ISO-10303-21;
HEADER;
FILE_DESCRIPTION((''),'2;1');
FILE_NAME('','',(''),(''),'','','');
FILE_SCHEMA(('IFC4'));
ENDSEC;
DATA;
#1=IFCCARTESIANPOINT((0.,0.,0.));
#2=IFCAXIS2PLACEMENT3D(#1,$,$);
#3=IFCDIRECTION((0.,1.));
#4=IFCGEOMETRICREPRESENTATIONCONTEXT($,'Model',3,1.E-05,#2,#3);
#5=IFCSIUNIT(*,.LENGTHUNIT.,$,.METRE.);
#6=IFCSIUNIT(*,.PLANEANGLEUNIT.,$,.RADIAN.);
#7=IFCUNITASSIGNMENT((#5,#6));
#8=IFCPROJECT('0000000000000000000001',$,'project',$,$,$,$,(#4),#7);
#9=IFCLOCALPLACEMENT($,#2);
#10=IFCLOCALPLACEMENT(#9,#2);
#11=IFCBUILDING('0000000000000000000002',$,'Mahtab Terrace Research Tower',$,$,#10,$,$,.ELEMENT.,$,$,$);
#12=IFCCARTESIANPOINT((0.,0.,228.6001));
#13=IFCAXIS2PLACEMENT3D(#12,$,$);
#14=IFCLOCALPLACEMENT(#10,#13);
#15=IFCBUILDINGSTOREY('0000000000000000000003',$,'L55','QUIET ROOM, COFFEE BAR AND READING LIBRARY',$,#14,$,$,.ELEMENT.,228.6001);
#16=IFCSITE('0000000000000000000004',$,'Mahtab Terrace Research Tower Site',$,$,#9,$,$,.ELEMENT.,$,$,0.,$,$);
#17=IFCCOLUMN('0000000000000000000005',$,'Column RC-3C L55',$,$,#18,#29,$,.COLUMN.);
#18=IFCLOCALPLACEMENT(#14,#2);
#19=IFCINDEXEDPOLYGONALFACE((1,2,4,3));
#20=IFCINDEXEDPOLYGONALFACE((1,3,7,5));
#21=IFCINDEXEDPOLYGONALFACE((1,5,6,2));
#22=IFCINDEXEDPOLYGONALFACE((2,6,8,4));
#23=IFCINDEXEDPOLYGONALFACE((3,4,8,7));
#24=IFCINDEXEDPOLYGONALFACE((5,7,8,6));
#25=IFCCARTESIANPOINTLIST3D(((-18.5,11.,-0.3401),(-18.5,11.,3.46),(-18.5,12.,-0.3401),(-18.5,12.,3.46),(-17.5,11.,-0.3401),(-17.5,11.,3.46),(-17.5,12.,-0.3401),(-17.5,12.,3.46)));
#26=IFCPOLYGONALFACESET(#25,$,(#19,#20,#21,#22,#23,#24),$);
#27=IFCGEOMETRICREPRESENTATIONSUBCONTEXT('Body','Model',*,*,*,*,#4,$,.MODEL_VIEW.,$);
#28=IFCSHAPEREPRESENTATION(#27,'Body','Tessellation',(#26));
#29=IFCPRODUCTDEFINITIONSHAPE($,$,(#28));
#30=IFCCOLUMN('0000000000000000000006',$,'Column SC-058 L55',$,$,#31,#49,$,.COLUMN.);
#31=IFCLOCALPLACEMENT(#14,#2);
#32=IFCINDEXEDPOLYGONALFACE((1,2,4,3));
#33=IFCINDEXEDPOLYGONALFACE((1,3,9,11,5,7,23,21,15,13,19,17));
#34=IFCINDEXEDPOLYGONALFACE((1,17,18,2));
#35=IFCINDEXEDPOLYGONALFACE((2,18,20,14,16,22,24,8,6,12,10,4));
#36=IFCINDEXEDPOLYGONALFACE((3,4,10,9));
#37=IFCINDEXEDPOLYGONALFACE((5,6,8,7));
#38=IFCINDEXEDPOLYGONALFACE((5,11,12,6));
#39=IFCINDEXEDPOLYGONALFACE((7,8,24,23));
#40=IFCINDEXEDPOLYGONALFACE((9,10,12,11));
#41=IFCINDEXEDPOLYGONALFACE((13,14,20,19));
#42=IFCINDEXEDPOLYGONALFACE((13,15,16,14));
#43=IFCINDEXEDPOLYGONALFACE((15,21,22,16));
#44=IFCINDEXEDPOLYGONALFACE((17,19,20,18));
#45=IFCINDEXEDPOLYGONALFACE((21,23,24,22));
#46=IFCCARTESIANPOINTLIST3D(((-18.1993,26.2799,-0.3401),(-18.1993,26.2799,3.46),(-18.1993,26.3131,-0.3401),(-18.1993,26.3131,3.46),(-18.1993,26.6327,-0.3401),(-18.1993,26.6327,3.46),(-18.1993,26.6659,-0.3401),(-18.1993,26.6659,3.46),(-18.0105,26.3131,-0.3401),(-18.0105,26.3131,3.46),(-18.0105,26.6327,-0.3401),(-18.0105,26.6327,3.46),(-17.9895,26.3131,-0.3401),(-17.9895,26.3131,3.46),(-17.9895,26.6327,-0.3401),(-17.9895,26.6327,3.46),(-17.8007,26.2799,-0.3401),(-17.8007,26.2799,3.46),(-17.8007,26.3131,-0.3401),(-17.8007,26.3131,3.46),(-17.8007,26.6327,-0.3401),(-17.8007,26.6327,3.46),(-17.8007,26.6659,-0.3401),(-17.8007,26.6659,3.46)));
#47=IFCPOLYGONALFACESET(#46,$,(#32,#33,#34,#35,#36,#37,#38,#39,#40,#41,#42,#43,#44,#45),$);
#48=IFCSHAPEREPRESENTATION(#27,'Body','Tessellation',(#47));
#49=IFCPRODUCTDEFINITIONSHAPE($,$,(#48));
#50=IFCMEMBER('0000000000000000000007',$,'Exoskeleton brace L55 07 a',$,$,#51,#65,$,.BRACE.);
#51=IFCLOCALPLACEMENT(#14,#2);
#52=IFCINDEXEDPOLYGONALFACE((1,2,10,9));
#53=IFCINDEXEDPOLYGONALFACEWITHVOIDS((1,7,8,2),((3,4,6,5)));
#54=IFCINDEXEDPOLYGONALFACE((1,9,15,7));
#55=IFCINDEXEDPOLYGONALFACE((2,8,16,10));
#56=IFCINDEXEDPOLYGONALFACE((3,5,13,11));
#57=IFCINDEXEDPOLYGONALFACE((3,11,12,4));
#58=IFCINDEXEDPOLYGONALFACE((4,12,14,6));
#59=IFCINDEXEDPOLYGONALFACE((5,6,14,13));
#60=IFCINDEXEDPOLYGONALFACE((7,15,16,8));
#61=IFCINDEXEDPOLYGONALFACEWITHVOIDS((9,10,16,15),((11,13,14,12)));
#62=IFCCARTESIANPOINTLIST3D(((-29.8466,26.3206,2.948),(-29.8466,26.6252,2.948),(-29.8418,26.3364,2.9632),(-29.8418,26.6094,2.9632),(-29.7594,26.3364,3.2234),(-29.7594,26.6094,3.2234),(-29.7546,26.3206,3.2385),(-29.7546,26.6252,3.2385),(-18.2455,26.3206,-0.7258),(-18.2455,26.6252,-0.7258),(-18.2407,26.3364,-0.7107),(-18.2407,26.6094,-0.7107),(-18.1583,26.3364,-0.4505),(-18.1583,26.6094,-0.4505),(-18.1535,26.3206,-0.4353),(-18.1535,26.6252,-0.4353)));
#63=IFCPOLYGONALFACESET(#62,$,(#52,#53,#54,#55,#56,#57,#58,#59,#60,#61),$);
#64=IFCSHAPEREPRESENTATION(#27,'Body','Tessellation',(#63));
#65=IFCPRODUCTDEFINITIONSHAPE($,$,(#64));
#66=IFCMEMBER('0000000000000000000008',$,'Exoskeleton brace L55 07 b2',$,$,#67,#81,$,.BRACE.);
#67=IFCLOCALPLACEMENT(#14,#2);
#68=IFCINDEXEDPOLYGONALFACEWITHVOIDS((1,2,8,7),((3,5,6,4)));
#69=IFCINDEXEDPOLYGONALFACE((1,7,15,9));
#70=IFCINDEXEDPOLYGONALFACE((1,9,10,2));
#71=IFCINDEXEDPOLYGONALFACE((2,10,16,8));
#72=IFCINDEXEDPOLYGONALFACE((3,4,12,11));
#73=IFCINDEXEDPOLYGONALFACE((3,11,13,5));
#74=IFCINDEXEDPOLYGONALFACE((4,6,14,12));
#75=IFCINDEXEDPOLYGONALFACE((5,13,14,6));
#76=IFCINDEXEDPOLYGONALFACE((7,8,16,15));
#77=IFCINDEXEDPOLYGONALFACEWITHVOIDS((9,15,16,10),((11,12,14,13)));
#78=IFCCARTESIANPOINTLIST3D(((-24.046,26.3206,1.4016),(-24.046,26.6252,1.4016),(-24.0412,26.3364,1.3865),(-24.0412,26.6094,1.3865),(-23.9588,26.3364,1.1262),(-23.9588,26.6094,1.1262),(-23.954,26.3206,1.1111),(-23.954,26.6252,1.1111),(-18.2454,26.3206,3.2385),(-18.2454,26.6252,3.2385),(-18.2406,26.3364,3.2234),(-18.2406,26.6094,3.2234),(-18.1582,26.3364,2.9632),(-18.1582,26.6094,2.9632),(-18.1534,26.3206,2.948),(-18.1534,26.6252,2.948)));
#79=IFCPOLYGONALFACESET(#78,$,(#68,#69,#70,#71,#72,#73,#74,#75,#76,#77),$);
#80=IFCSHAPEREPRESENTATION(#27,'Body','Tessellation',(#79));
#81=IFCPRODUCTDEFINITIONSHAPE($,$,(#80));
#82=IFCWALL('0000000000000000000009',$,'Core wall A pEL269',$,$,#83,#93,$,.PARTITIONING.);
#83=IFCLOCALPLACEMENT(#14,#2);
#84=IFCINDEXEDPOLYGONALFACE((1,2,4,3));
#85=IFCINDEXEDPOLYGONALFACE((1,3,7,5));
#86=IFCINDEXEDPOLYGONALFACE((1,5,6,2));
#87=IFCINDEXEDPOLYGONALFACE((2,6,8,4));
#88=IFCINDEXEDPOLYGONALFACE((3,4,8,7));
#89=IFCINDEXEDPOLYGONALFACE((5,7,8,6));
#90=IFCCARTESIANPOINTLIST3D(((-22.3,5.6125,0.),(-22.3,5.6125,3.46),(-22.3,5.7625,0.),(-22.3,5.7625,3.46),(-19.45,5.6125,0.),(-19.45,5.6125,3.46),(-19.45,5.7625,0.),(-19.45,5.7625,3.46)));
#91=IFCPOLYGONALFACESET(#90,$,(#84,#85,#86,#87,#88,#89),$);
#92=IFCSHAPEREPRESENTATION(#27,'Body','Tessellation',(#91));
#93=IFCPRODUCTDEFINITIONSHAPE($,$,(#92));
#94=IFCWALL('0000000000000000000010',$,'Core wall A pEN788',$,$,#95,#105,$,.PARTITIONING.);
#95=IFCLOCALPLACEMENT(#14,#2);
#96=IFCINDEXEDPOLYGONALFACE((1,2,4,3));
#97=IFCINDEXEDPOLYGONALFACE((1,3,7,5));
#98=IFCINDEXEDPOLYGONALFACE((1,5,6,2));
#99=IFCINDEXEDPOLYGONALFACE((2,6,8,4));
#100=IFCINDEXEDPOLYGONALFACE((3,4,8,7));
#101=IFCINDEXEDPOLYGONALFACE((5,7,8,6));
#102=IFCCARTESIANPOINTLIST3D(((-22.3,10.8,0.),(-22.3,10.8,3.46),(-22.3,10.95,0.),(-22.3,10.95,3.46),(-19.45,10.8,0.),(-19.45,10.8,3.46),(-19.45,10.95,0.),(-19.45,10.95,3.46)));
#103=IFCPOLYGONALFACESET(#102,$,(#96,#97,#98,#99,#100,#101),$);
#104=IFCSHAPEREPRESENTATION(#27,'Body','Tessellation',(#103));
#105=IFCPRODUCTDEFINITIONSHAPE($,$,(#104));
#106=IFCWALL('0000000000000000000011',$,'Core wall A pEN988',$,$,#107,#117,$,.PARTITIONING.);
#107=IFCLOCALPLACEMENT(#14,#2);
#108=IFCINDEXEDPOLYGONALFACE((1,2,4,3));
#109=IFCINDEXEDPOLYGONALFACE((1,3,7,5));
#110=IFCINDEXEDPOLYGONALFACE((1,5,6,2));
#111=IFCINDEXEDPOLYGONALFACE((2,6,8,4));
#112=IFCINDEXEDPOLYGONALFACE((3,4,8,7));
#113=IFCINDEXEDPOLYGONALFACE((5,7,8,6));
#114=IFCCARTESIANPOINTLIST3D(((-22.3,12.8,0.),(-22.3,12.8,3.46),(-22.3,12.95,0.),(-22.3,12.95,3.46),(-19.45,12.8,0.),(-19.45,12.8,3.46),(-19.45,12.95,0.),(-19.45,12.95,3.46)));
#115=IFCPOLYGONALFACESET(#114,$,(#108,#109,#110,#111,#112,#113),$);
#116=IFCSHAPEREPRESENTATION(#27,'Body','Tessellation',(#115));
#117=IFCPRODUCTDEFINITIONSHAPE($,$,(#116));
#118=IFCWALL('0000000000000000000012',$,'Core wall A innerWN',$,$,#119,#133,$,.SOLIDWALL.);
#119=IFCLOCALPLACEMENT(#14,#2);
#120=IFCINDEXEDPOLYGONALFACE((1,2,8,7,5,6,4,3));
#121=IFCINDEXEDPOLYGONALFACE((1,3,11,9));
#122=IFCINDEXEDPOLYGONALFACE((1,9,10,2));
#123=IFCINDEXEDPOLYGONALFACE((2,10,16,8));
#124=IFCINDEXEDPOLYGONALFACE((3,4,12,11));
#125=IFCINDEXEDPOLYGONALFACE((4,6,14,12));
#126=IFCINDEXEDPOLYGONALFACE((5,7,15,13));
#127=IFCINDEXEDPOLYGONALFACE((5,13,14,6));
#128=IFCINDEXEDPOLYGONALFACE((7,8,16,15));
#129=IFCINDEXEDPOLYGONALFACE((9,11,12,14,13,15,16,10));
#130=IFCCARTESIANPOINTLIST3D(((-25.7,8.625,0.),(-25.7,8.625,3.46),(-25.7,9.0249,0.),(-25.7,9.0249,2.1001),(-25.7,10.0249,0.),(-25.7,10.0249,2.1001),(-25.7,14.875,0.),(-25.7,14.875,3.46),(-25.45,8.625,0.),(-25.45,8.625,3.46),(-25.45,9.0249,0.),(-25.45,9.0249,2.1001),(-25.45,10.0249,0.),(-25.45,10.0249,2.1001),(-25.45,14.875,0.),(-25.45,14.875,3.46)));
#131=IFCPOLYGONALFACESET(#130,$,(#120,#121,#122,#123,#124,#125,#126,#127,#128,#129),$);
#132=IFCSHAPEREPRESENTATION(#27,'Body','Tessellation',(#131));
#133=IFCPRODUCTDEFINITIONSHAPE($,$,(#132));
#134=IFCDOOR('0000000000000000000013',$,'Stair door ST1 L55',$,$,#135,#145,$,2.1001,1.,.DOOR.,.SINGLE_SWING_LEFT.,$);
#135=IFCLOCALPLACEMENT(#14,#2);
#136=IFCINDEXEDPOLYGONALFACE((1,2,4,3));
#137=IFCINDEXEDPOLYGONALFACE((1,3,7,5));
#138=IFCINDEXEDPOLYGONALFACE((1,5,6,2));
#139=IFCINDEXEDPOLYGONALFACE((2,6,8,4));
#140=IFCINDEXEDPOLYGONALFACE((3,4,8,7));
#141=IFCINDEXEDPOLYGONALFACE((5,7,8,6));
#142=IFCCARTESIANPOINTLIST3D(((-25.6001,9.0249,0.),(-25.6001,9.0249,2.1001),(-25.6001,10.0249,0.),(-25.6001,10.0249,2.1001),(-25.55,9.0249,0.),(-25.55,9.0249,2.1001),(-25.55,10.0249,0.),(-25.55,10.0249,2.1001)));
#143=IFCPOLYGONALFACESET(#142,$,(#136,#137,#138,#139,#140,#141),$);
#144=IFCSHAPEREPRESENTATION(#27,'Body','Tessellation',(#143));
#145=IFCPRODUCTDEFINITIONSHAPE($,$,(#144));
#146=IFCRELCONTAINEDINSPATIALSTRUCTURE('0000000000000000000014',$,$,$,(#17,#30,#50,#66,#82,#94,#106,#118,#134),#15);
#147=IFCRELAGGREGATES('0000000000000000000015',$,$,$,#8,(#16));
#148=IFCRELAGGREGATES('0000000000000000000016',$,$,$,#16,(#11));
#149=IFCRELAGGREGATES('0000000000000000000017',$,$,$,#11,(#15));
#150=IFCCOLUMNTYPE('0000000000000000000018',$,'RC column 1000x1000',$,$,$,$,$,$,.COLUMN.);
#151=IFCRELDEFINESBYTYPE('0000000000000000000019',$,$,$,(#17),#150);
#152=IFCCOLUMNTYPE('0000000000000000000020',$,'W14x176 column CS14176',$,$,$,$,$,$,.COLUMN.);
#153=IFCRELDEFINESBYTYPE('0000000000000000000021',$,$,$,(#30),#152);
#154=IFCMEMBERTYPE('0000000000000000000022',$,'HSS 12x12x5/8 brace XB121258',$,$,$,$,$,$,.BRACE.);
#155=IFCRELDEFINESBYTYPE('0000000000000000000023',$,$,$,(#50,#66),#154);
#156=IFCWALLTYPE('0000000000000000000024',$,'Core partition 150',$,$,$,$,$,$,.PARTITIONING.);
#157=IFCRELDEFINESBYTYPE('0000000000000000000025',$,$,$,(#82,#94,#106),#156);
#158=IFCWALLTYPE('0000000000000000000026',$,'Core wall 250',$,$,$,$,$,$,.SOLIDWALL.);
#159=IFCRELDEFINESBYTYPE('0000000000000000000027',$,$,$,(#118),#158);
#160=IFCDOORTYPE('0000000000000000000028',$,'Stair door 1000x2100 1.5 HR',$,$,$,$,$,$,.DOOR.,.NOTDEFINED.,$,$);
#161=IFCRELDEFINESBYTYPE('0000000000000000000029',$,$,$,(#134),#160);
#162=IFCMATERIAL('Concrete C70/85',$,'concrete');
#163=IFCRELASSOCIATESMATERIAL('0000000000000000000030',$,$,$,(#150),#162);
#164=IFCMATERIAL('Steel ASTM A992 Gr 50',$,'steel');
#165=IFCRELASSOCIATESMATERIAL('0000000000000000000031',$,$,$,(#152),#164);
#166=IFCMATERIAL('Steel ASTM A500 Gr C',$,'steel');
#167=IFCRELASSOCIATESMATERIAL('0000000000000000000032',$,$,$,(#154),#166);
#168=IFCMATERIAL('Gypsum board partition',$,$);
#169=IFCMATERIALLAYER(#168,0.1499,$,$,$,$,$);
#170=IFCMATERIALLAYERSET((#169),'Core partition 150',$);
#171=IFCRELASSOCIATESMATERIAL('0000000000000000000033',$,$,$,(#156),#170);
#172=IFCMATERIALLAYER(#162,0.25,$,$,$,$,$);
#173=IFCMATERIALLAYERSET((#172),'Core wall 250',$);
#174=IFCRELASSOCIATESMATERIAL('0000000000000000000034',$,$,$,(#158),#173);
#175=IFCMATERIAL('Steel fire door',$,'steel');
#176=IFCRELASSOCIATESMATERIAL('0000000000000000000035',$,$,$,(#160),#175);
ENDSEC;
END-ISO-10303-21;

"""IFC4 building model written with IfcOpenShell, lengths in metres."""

from ifc_helpers import new_model, si_unit, direction, frame, frame_2d, origin, origin_2d, place, context, subcontext, project, spatial, rectangle, hollow_rectangle, i_section, extrude, material, layer, layer_set, material_profile, profile_set, type_object, element, fill, save


model = new_model("IFC4")

# Units and contexts
model_context = context("Model", 3, precision=1e-05, world=origin(), true_north=direction((0.0, 1.0)))
body_context = subcontext(model_context, "Body", "Model", "MODEL_VIEW")
ifc_project = project(units=[si_unit("LENGTHUNIT", "METRE"), si_unit("PLANEANGLEUNIT", "RADIAN")], contexts=[model_context])

# Site, building, storey
site_placement = place(None, origin())
site = spatial("IfcSite", under=ifc_project, at=site_placement, Name="Mahtab Terrace Research Tower Site", CompositionType="ELEMENT", RefElevation=0.0)
building_placement = place(site_placement, origin())
building = spatial("IfcBuilding", under=site, at=building_placement, Name="Mahtab Terrace Research Tower", CompositionType="ELEMENT")
storey_placement = place(building_placement, frame((0.0, 0.0, 228.6001)))
storey = spatial("IfcBuildingStorey", under=building, at=storey_placement, Name="L55", Description="QUIET ROOM, COFFEE BAR AND READING LIBRARY", CompositionType="ELEMENT", Elevation=228.6001)

# Columns
ifc_material_1 = material(Name="Concrete C70/85", Category="concrete")
ifc_material_profile_1 = material_profile(ifc_material_1, rectangle(XDim=1.0, YDim=1.0, at=origin_2d()), Name="RC column 1000x1000")
ifc_profile_set_1 = profile_set([ifc_material_profile_1], Name="Concrete C70/85")
column_type_1 = type_object("IfcColumnType", Name="RC column 1000x1000", PredefinedType="COLUMN", material=ifc_profile_set_1)
column_1_placement = place(storey_placement, frame((-18.0, 11.5, -0.3401), z_axis=(0.0, 0.0, 1.0), x_axis=(1.0, 0.0, 0.0)))
element("IfcColumn", 1, at=column_1_placement, inside=storey, type_object=column_type_1, Name="Column RC-3C L55", PredefinedType="COLUMN", context=body_context, shape_type="SweptSolid", body=[
    extrude(rectangle(XDim=1.0, YDim=1.0, at=origin_2d()), origin(), (0.0, 0.0, 1.0), 3.8),
])
ifc_material_2 = material(Name="Steel ASTM A992 Gr 50", Category="steel")
ifc_material_profile_2 = material_profile(ifc_material_2, i_section(OverallWidth=0.3987, OverallDepth=0.386, WebThickness=0.021, FlangeThickness=0.0332, at=origin_2d()), Name="W14X176")
ifc_profile_set_2 = profile_set([ifc_material_profile_2], Name="Steel ASTM A992 Gr 50")
column_type_2 = type_object("IfcColumnType", Name="W14x176 column CS14176", PredefinedType="COLUMN", material=ifc_profile_set_2)
column_2_placement = place(storey_placement, frame((-18.0, 26.4729, -0.3401), z_axis=(0.0, 0.0, 1.0), x_axis=(1.0, 0.0, 0.0)))
element("IfcColumn", 2, at=column_2_placement, inside=storey, type_object=column_type_2, Name="Column SC-058 L55", PredefinedType="COLUMN", context=body_context, shape_type="SweptSolid", body=[
    extrude(i_section(OverallWidth=0.3987, OverallDepth=0.386, WebThickness=0.021, FlangeThickness=0.0332, at=origin_2d()), origin(), (0.0, 0.0, 1.0), 3.8),
])

# Members
ifc_material_3 = material(Name="Steel ASTM A500 Gr C", Category="steel")
ifc_material_profile_3 = material_profile(ifc_material_3, hollow_rectangle(XDim=0.3047, YDim=0.3047, WallThickness=0.0159, at=origin_2d()), Name="HSS12X12X5/8")
ifc_profile_set_3 = profile_set([ifc_material_profile_3], Name="Steel ASTM A500 Gr C")
member_type = type_object("IfcMemberType", Name="HSS 12x12x5/8 brace XB121258", PredefinedType="BRACE", material=ifc_profile_set_3)
member_1_placement = place(storey_placement, frame((-18.1995, 26.4729, -0.5806), z_axis=(-0.953339, 0.0, 0.301903), x_axis=(0.0, -1.0, 0.0)))
element("IfcMember", 3, at=member_1_placement, inside=storey, type_object=member_type, Name="Exoskeleton brace L55 07 a", PredefinedType="BRACE", context=body_context, shape_type="SweptSolid", body=[
    extrude(hollow_rectangle(XDim=0.3047, YDim=0.3047, WallThickness=0.0159, at=origin_2d()), origin(), (0.0, 0.0, 1.0), 12.1689),
])
member_2_placement = place(storey_placement, frame((-24.0, 26.4729, 1.2563), z_axis=(0.953339, 0.0, 0.301903), x_axis=(0.0, 1.0, 0.0)))
element("IfcMember", 4, at=member_2_placement, inside=storey, type_object=member_type, Name="Exoskeleton brace L55 07 b2", PredefinedType="BRACE", context=body_context, shape_type="SweptSolid", body=[
    extrude(hollow_rectangle(XDim=0.3047, YDim=0.3047, WallThickness=0.0159, at=origin_2d()), origin(), (0.0, 0.0, 1.0), 6.0845),
])

# Walls
ifc_material_4 = material(Name="Gypsum board partition")
ifc_layer_1 = layer(ifc_material_4, 0.1499)
ifc_layer_set_1 = layer_set([ifc_layer_1], Name="Core partition 150")
wall_type_1 = type_object("IfcWallType", Name="Core partition 150", PredefinedType="PARTITIONING", material=ifc_layer_set_1)
for number, where, z_axis, x_axis, name in (
    (5, (-22.3, 5.6875, 0.0), (0.0, 0.0, 1.0), (1.0, 0.0, 0.0), "Core wall A pEL269"),
    (6, (-22.3, 10.875, 0.0), (0.0, 0.0, 1.0), (1.0, 0.0, 0.0), "Core wall A pEN788"),
    (7, (-22.3, 12.875, 0.0), (0.0, 0.0, 1.0), (1.0, 0.0, 0.0), "Core wall A pEN988"),
):
    element("IfcWall", number, at=place(storey_placement, frame(where, z_axis=z_axis, x_axis=x_axis)), inside=storey, type_object=wall_type_1, Name=name, PredefinedType="PARTITIONING", context=body_context, shape_type="SweptSolid", body=[
        extrude(rectangle(XDim=2.8501, YDim=0.1499, at=frame_2d((1.425, 0.0))), origin(), (0.0, 0.0, 1.0), 3.46),
    ])

# Wall, opening, door
ifc_layer_2 = layer(ifc_material_1, 0.25)
ifc_layer_set_2 = layer_set([ifc_layer_2], Name="Core wall 250")
wall_type_2 = type_object("IfcWallType", Name="Core wall 250", PredefinedType="SOLIDWALL", material=ifc_layer_set_2)
wall_1_placement = place(storey_placement, frame((-25.575, 14.875, 0.0), z_axis=(0.0, 0.0, 1.0), x_axis=(0.0, -1.0, 0.0)))
wall_1 = element("IfcWall", 8, at=wall_1_placement, inside=storey, type_object=wall_type_2, Name="Core wall A innerWN", PredefinedType="SOLIDWALL", context=body_context, shape_type="SweptSolid", body=[
    extrude(rectangle(XDim=6.25, YDim=0.25, at=frame_2d((3.125, 0.0))), origin(), (0.0, 0.0, 1.0), 3.46),
])
opening_1_placement = place(wall_1_placement, frame((4.8501, 0.0, 0.0)))
opening_1 = element("IfcOpeningElement", 9, at=opening_1_placement, cuts=wall_1, PredefinedType="OPENING", context=body_context, shape_type="SweptSolid", body=[
    extrude(rectangle(XDim=1.0, YDim=2.1001, at=frame_2d((0.5, 1.05))), frame((0.0, 0.135, 0.0), z_axis=(0.0, -1.0, 0.0), x_axis=(1.0, 0.0, 0.0)), (0.0, 0.0, 1.0), 0.27),
])
ifc_material_5 = material(Name="Steel fire door", Category="steel")
door_type_1 = type_object("IfcDoorType", Name="Stair door 1000x2100 1.5 HR", OperationType="NOTDEFINED", PredefinedType="DOOR", material=ifc_material_5)
door_1_placement = place(opening_1_placement, origin())
door_1 = element("IfcDoor", 10, at=door_1_placement, inside=storey, type_object=door_type_1, Name="Stair door ST1 L55", OperationType="SINGLE_SWING_LEFT", OverallHeight=2.1001, OverallWidth=1.0, PredefinedType="DOOR", context=body_context, shape_type="SweptSolid", body=[
    extrude(rectangle(XDim=1.0, YDim=2.1001, at=frame_2d((0.5, 1.05))), frame((0.0, 0.0249, 0.0), z_axis=(0.0, -1.0, 0.0), x_axis=(1.0, 0.0, 0.0)), (0.0, 0.0, 1.0), 0.05),
])
fill(opening_1, door_1)

save(model, "model.ifc")
